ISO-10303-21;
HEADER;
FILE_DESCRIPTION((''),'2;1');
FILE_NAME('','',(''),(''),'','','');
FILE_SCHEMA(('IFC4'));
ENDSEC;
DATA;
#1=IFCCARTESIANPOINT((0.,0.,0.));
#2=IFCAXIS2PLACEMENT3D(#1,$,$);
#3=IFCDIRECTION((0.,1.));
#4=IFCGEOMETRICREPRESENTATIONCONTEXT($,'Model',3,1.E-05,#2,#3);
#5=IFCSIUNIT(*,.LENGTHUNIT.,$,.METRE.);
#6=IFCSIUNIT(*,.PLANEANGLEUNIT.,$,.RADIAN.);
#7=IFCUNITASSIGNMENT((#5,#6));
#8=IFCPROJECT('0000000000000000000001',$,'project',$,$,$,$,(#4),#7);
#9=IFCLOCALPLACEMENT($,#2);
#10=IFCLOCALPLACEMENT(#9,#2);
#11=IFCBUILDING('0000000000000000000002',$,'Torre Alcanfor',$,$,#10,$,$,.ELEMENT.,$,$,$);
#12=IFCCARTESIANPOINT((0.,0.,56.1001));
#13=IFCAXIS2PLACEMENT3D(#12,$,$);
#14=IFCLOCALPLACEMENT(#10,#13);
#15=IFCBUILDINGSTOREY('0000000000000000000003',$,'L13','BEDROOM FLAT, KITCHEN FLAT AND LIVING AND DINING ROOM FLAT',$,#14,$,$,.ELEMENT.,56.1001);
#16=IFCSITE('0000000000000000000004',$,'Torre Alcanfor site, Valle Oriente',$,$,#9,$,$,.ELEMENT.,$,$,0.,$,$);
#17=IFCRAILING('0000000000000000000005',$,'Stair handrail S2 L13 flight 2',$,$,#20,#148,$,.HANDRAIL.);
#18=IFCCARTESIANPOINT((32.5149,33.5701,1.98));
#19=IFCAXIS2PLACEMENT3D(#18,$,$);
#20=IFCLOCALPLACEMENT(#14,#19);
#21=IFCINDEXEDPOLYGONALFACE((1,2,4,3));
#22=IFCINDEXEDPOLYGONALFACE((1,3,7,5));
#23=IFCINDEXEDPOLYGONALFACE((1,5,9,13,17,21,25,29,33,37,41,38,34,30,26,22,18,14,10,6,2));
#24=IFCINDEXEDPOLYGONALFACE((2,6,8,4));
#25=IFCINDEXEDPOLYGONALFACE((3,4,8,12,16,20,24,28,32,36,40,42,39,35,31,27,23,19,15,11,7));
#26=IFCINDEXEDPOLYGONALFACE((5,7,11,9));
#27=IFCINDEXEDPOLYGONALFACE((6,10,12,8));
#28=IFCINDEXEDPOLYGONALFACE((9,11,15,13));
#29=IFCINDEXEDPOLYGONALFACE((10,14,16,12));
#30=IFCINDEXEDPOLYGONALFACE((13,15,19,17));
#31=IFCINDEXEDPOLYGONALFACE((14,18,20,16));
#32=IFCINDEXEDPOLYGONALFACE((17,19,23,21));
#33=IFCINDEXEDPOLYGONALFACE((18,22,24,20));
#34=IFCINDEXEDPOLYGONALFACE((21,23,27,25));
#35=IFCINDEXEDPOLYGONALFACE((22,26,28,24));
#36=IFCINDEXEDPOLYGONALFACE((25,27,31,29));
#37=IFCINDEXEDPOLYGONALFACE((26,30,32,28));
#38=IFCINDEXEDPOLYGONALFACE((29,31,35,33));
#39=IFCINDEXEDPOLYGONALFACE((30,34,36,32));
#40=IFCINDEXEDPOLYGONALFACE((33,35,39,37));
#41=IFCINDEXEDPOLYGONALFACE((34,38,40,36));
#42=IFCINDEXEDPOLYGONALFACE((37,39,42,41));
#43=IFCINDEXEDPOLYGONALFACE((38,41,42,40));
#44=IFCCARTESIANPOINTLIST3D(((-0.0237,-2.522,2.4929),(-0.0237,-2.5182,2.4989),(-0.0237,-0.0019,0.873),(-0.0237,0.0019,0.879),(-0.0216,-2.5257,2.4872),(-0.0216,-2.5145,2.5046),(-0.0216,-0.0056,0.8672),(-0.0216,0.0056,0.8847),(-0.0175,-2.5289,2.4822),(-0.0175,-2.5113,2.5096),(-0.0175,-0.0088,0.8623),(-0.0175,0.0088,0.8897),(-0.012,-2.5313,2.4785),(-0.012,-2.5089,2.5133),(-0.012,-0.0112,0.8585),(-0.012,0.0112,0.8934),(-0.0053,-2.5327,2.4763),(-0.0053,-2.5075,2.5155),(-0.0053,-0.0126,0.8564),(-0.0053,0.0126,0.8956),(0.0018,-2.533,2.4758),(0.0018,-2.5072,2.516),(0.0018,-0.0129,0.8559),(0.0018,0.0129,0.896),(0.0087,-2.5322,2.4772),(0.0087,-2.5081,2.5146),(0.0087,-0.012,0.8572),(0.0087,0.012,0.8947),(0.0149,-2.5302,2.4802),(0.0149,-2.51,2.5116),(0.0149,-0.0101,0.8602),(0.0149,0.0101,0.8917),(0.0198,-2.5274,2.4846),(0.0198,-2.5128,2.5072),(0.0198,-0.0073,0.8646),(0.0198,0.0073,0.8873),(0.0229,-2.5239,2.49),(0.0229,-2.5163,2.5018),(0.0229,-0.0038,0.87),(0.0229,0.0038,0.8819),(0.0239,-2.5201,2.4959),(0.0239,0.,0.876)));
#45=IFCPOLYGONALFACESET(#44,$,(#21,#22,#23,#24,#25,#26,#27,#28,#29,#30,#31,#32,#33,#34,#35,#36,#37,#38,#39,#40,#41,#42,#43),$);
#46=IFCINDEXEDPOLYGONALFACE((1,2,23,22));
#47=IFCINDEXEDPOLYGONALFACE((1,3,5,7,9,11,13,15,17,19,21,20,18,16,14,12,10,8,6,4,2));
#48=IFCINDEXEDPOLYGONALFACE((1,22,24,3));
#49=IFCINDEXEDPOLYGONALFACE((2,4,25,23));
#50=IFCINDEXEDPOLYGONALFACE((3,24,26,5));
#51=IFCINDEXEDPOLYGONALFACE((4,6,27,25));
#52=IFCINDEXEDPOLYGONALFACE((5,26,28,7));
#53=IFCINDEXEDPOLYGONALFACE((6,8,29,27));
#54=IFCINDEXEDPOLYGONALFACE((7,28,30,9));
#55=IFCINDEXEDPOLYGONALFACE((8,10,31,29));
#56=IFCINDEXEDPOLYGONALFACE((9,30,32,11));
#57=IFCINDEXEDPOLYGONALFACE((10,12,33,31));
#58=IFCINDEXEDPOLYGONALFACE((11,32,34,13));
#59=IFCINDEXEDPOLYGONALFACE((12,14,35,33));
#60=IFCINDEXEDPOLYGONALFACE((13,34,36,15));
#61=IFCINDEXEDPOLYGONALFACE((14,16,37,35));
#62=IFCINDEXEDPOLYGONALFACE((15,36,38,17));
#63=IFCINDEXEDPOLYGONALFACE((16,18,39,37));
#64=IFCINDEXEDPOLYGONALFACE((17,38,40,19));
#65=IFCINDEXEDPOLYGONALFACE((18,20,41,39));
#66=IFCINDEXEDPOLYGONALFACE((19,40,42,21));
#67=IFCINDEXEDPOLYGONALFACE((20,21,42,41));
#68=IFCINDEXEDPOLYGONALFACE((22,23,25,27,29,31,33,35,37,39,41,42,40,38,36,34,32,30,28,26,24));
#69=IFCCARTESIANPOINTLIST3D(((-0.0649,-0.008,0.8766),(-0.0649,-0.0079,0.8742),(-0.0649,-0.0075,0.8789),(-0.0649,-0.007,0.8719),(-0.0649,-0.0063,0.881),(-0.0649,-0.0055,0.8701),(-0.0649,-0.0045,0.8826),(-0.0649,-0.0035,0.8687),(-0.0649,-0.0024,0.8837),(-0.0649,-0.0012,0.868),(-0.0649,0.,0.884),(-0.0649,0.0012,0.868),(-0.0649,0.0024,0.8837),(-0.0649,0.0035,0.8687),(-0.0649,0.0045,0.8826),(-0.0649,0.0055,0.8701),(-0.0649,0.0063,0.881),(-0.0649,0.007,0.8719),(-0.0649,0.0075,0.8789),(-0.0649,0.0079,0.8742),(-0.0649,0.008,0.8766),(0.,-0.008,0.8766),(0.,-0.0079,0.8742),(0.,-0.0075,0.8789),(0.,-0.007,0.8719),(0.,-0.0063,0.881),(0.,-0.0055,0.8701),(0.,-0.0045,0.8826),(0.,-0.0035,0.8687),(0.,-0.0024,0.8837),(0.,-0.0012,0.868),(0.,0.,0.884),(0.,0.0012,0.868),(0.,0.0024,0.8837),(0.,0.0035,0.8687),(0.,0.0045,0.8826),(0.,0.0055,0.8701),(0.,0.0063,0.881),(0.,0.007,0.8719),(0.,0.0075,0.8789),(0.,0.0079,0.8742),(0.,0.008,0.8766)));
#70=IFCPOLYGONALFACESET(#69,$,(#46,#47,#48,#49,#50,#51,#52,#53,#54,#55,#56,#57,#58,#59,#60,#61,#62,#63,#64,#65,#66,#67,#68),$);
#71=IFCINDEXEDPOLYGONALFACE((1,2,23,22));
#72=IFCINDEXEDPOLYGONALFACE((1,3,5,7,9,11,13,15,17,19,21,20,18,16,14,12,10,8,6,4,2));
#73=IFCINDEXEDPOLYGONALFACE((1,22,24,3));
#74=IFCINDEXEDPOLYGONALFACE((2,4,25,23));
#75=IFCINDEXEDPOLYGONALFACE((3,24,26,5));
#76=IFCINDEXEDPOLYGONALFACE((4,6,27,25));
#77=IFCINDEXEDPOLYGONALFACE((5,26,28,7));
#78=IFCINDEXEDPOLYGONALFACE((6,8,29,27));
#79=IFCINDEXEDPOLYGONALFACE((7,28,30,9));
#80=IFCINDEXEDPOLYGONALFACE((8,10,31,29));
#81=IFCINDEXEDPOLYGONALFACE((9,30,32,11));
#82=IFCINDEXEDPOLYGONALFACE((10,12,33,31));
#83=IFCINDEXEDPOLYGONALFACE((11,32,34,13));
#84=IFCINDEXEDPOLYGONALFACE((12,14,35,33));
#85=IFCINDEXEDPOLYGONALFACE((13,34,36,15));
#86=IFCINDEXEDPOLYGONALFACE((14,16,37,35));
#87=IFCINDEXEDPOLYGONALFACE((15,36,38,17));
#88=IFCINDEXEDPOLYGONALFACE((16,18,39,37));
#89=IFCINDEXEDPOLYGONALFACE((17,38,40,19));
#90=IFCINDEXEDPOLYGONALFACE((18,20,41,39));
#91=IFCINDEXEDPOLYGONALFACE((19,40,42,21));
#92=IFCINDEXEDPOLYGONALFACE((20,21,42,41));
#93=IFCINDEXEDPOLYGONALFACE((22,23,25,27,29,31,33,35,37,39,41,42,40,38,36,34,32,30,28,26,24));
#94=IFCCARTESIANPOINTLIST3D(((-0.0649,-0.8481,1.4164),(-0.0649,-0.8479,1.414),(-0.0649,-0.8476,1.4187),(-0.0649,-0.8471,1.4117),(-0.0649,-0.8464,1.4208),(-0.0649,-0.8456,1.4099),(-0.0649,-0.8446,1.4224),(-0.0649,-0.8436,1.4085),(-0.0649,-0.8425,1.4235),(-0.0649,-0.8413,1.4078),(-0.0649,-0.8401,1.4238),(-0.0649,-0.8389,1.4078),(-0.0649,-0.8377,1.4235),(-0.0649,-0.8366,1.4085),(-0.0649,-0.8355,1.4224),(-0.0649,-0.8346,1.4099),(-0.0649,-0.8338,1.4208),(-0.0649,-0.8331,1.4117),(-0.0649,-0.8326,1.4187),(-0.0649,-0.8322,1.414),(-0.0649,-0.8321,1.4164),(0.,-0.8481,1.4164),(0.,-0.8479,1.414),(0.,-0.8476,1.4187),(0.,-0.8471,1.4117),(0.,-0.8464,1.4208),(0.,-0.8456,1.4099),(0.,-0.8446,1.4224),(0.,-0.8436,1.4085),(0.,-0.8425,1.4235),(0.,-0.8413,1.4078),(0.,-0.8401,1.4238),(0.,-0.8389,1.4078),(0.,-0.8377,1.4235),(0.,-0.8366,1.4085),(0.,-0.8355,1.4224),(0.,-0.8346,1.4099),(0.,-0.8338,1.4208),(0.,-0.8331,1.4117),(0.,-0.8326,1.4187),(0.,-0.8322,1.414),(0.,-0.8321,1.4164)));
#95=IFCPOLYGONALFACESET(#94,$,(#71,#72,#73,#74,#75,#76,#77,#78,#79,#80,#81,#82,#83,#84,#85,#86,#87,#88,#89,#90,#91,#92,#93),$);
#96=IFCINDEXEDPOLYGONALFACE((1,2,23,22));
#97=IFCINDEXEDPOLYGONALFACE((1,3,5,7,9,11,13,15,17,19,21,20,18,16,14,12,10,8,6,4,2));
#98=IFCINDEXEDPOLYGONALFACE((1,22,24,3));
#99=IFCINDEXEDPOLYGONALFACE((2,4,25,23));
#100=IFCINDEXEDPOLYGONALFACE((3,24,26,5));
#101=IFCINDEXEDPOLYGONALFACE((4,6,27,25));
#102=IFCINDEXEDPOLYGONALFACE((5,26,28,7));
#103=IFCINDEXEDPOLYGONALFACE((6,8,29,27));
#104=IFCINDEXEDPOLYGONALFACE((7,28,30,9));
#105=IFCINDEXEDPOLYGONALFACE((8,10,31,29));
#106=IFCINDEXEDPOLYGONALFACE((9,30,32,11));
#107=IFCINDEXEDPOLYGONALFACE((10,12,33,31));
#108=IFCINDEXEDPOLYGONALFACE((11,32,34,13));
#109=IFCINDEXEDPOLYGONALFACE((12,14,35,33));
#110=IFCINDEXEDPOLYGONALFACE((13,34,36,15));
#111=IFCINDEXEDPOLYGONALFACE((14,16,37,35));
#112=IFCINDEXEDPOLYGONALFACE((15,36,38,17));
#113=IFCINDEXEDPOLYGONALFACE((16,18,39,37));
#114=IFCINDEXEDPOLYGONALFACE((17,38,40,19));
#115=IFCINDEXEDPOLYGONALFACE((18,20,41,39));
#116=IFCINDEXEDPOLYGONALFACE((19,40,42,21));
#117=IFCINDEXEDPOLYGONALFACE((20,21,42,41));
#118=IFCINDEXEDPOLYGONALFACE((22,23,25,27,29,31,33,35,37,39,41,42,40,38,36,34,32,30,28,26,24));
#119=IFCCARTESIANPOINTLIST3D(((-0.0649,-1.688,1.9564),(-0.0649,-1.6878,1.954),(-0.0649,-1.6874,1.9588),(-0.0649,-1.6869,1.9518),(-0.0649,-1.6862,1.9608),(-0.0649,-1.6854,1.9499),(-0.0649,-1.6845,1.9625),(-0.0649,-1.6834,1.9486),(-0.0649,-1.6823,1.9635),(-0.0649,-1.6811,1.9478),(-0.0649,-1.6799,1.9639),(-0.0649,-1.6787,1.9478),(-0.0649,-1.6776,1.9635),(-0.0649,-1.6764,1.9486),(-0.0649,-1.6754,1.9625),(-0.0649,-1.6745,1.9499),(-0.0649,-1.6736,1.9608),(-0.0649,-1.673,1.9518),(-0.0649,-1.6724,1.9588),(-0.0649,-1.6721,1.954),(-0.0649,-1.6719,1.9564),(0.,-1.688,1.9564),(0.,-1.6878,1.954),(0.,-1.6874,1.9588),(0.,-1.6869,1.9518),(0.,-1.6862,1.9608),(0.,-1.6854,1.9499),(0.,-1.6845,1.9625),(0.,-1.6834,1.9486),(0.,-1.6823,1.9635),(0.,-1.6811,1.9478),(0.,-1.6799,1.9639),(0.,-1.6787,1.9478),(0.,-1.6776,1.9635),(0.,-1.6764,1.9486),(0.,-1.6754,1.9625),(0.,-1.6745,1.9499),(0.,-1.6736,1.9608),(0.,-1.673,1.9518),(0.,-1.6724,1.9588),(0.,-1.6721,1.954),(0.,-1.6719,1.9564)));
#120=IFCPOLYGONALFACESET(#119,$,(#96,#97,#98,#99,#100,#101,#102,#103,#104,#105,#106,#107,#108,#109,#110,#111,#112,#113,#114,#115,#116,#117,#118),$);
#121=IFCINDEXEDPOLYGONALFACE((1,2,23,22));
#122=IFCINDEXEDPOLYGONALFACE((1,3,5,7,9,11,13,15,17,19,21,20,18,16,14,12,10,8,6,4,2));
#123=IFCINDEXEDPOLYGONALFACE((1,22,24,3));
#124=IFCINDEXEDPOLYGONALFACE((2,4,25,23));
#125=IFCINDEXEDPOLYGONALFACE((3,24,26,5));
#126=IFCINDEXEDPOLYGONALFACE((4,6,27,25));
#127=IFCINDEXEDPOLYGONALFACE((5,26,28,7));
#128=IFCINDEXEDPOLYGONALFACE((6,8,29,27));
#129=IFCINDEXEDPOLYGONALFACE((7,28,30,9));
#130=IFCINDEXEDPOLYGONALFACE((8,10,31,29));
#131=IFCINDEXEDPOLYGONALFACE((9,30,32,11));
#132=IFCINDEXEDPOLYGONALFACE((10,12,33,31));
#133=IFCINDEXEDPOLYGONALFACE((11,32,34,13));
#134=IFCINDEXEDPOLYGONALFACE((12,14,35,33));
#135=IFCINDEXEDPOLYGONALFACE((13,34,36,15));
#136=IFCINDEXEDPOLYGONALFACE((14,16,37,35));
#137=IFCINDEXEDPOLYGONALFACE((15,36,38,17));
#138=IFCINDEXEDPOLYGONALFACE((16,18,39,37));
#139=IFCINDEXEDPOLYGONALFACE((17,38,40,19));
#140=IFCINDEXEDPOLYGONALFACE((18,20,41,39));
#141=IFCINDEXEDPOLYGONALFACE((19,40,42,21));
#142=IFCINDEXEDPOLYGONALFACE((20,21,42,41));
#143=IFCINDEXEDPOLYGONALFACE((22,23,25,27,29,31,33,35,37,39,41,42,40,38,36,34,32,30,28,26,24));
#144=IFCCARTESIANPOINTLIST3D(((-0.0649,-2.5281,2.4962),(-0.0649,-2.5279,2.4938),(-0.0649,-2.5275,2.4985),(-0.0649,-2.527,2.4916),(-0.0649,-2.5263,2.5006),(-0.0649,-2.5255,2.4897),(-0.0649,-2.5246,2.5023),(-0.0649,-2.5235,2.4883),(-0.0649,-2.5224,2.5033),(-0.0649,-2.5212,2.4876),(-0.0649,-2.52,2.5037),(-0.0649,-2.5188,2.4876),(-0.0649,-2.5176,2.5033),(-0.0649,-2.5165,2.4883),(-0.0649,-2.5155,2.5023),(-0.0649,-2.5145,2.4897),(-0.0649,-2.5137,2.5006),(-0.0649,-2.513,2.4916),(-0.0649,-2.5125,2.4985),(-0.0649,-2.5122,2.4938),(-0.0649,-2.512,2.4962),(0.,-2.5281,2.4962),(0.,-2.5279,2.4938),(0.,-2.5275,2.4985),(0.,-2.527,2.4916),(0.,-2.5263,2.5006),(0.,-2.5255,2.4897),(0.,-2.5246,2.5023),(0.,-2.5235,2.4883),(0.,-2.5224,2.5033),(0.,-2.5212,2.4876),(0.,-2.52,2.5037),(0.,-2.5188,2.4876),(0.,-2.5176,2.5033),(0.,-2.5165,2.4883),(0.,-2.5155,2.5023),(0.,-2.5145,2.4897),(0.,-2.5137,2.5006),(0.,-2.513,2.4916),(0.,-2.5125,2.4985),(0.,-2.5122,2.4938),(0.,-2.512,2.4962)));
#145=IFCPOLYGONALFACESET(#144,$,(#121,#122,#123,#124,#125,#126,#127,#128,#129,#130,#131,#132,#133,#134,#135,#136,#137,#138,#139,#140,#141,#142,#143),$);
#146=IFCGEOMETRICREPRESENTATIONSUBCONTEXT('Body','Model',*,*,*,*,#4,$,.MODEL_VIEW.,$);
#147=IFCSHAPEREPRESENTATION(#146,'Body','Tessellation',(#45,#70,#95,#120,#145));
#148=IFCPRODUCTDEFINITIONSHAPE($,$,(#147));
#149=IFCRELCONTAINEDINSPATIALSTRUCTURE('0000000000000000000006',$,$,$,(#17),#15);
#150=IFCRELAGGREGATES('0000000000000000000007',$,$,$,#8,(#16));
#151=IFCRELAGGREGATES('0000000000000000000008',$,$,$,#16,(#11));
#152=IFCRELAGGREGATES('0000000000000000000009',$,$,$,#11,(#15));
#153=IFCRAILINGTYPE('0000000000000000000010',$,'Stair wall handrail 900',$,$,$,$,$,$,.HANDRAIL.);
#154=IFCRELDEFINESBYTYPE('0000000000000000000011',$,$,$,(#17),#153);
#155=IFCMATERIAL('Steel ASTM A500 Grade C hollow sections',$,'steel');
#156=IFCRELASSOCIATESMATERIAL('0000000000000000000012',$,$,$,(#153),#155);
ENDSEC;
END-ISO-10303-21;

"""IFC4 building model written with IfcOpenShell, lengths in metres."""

from ifc_helpers import new_model, si_unit, direction, frame, origin, origin_2d, place, context, subcontext, project, spatial, circle, extrude, material, type_object, element, save


model = new_model("IFC4")

# Units and contexts
model_context = context("Model", 3, precision=1e-05, world=origin(), true_north=direction((0.0, 1.0)))
body_context = subcontext(model_context, "Body", "Model", "MODEL_VIEW")
ifc_project = project(units=[si_unit("LENGTHUNIT", "METRE"), si_unit("PLANEANGLEUNIT", "RADIAN")], contexts=[model_context])

# Site, building, storey
site_placement = place(None, origin())
site = spatial("IfcSite", under=ifc_project, at=site_placement, Name="Torre Alcanfor site, Valle Oriente", CompositionType="ELEMENT", RefElevation=0.0)
building_placement = place(site_placement, origin())
building = spatial("IfcBuilding", under=site, at=building_placement, Name="Torre Alcanfor", CompositionType="ELEMENT")
storey_placement = place(building_placement, frame((0.0, 0.0, 56.1001)))
storey = spatial("IfcBuildingStorey", under=building, at=storey_placement, Name="L13", Description="BEDROOM FLAT, KITCHEN FLAT AND LIVING AND DINING ROOM FLAT", CompositionType="ELEMENT", Elevation=56.1001)

# Railing
ifc_material_1 = material(Name="Steel ASTM A500 Grade C hollow sections", Category="steel")
railing_type_1 = type_object("IfcRailingType", Name="Stair wall handrail 900", PredefinedType="HANDRAIL", material=ifc_material_1)
railing_1_placement = place(storey_placement, frame((32.5149, 33.5701, 1.98)))
element("IfcRailing", 1, at=railing_1_placement, inside=storey, type_object=railing_type_1, Name="Stair handrail S2 L13 flight 2", PredefinedType="HANDRAIL", context=body_context, shape_type="SweptSolid", body=[
    extrude(circle(Radius=0.0239, at=origin_2d()), frame((0.0, 0.0, 0.876), z_axis=(0.0, -0.8412, 0.540725), x_axis=(1.0, 0.0, 0.0)), (0.0, 0.0, 1.0), 2.9958),
    extrude(circle(Radius=0.0081, at=origin_2d()), frame((0.0, 0.0, 0.876), z_axis=(-1.0, 0.0, 0.0), x_axis=(0.0, 0.0, 1.0)), (0.0, 0.0, 1.0), 0.0649),
    extrude(circle(Radius=0.0081, at=origin_2d()), frame((0.0, -0.8401, 1.4158), z_axis=(-1.0, 0.0, 0.0), x_axis=(0.0, 0.0, 1.0)), (0.0, 0.0, 1.0), 0.0649),
    extrude(circle(Radius=0.0081, at=origin_2d()), frame((0.0, -1.6799, 1.9558), z_axis=(-1.0, 0.0, 0.0), x_axis=(0.0, 0.0, 1.0)), (0.0, 0.0, 1.0), 0.0649),
    extrude(circle(Radius=0.0081, at=origin_2d()), frame((0.0, -2.52, 2.4956), z_axis=(-1.0, 0.0, 0.0), x_axis=(0.0, 0.0, 1.0)), (0.0, 0.0, 1.0), 0.0649),
])

save(model, "model.ifc")
